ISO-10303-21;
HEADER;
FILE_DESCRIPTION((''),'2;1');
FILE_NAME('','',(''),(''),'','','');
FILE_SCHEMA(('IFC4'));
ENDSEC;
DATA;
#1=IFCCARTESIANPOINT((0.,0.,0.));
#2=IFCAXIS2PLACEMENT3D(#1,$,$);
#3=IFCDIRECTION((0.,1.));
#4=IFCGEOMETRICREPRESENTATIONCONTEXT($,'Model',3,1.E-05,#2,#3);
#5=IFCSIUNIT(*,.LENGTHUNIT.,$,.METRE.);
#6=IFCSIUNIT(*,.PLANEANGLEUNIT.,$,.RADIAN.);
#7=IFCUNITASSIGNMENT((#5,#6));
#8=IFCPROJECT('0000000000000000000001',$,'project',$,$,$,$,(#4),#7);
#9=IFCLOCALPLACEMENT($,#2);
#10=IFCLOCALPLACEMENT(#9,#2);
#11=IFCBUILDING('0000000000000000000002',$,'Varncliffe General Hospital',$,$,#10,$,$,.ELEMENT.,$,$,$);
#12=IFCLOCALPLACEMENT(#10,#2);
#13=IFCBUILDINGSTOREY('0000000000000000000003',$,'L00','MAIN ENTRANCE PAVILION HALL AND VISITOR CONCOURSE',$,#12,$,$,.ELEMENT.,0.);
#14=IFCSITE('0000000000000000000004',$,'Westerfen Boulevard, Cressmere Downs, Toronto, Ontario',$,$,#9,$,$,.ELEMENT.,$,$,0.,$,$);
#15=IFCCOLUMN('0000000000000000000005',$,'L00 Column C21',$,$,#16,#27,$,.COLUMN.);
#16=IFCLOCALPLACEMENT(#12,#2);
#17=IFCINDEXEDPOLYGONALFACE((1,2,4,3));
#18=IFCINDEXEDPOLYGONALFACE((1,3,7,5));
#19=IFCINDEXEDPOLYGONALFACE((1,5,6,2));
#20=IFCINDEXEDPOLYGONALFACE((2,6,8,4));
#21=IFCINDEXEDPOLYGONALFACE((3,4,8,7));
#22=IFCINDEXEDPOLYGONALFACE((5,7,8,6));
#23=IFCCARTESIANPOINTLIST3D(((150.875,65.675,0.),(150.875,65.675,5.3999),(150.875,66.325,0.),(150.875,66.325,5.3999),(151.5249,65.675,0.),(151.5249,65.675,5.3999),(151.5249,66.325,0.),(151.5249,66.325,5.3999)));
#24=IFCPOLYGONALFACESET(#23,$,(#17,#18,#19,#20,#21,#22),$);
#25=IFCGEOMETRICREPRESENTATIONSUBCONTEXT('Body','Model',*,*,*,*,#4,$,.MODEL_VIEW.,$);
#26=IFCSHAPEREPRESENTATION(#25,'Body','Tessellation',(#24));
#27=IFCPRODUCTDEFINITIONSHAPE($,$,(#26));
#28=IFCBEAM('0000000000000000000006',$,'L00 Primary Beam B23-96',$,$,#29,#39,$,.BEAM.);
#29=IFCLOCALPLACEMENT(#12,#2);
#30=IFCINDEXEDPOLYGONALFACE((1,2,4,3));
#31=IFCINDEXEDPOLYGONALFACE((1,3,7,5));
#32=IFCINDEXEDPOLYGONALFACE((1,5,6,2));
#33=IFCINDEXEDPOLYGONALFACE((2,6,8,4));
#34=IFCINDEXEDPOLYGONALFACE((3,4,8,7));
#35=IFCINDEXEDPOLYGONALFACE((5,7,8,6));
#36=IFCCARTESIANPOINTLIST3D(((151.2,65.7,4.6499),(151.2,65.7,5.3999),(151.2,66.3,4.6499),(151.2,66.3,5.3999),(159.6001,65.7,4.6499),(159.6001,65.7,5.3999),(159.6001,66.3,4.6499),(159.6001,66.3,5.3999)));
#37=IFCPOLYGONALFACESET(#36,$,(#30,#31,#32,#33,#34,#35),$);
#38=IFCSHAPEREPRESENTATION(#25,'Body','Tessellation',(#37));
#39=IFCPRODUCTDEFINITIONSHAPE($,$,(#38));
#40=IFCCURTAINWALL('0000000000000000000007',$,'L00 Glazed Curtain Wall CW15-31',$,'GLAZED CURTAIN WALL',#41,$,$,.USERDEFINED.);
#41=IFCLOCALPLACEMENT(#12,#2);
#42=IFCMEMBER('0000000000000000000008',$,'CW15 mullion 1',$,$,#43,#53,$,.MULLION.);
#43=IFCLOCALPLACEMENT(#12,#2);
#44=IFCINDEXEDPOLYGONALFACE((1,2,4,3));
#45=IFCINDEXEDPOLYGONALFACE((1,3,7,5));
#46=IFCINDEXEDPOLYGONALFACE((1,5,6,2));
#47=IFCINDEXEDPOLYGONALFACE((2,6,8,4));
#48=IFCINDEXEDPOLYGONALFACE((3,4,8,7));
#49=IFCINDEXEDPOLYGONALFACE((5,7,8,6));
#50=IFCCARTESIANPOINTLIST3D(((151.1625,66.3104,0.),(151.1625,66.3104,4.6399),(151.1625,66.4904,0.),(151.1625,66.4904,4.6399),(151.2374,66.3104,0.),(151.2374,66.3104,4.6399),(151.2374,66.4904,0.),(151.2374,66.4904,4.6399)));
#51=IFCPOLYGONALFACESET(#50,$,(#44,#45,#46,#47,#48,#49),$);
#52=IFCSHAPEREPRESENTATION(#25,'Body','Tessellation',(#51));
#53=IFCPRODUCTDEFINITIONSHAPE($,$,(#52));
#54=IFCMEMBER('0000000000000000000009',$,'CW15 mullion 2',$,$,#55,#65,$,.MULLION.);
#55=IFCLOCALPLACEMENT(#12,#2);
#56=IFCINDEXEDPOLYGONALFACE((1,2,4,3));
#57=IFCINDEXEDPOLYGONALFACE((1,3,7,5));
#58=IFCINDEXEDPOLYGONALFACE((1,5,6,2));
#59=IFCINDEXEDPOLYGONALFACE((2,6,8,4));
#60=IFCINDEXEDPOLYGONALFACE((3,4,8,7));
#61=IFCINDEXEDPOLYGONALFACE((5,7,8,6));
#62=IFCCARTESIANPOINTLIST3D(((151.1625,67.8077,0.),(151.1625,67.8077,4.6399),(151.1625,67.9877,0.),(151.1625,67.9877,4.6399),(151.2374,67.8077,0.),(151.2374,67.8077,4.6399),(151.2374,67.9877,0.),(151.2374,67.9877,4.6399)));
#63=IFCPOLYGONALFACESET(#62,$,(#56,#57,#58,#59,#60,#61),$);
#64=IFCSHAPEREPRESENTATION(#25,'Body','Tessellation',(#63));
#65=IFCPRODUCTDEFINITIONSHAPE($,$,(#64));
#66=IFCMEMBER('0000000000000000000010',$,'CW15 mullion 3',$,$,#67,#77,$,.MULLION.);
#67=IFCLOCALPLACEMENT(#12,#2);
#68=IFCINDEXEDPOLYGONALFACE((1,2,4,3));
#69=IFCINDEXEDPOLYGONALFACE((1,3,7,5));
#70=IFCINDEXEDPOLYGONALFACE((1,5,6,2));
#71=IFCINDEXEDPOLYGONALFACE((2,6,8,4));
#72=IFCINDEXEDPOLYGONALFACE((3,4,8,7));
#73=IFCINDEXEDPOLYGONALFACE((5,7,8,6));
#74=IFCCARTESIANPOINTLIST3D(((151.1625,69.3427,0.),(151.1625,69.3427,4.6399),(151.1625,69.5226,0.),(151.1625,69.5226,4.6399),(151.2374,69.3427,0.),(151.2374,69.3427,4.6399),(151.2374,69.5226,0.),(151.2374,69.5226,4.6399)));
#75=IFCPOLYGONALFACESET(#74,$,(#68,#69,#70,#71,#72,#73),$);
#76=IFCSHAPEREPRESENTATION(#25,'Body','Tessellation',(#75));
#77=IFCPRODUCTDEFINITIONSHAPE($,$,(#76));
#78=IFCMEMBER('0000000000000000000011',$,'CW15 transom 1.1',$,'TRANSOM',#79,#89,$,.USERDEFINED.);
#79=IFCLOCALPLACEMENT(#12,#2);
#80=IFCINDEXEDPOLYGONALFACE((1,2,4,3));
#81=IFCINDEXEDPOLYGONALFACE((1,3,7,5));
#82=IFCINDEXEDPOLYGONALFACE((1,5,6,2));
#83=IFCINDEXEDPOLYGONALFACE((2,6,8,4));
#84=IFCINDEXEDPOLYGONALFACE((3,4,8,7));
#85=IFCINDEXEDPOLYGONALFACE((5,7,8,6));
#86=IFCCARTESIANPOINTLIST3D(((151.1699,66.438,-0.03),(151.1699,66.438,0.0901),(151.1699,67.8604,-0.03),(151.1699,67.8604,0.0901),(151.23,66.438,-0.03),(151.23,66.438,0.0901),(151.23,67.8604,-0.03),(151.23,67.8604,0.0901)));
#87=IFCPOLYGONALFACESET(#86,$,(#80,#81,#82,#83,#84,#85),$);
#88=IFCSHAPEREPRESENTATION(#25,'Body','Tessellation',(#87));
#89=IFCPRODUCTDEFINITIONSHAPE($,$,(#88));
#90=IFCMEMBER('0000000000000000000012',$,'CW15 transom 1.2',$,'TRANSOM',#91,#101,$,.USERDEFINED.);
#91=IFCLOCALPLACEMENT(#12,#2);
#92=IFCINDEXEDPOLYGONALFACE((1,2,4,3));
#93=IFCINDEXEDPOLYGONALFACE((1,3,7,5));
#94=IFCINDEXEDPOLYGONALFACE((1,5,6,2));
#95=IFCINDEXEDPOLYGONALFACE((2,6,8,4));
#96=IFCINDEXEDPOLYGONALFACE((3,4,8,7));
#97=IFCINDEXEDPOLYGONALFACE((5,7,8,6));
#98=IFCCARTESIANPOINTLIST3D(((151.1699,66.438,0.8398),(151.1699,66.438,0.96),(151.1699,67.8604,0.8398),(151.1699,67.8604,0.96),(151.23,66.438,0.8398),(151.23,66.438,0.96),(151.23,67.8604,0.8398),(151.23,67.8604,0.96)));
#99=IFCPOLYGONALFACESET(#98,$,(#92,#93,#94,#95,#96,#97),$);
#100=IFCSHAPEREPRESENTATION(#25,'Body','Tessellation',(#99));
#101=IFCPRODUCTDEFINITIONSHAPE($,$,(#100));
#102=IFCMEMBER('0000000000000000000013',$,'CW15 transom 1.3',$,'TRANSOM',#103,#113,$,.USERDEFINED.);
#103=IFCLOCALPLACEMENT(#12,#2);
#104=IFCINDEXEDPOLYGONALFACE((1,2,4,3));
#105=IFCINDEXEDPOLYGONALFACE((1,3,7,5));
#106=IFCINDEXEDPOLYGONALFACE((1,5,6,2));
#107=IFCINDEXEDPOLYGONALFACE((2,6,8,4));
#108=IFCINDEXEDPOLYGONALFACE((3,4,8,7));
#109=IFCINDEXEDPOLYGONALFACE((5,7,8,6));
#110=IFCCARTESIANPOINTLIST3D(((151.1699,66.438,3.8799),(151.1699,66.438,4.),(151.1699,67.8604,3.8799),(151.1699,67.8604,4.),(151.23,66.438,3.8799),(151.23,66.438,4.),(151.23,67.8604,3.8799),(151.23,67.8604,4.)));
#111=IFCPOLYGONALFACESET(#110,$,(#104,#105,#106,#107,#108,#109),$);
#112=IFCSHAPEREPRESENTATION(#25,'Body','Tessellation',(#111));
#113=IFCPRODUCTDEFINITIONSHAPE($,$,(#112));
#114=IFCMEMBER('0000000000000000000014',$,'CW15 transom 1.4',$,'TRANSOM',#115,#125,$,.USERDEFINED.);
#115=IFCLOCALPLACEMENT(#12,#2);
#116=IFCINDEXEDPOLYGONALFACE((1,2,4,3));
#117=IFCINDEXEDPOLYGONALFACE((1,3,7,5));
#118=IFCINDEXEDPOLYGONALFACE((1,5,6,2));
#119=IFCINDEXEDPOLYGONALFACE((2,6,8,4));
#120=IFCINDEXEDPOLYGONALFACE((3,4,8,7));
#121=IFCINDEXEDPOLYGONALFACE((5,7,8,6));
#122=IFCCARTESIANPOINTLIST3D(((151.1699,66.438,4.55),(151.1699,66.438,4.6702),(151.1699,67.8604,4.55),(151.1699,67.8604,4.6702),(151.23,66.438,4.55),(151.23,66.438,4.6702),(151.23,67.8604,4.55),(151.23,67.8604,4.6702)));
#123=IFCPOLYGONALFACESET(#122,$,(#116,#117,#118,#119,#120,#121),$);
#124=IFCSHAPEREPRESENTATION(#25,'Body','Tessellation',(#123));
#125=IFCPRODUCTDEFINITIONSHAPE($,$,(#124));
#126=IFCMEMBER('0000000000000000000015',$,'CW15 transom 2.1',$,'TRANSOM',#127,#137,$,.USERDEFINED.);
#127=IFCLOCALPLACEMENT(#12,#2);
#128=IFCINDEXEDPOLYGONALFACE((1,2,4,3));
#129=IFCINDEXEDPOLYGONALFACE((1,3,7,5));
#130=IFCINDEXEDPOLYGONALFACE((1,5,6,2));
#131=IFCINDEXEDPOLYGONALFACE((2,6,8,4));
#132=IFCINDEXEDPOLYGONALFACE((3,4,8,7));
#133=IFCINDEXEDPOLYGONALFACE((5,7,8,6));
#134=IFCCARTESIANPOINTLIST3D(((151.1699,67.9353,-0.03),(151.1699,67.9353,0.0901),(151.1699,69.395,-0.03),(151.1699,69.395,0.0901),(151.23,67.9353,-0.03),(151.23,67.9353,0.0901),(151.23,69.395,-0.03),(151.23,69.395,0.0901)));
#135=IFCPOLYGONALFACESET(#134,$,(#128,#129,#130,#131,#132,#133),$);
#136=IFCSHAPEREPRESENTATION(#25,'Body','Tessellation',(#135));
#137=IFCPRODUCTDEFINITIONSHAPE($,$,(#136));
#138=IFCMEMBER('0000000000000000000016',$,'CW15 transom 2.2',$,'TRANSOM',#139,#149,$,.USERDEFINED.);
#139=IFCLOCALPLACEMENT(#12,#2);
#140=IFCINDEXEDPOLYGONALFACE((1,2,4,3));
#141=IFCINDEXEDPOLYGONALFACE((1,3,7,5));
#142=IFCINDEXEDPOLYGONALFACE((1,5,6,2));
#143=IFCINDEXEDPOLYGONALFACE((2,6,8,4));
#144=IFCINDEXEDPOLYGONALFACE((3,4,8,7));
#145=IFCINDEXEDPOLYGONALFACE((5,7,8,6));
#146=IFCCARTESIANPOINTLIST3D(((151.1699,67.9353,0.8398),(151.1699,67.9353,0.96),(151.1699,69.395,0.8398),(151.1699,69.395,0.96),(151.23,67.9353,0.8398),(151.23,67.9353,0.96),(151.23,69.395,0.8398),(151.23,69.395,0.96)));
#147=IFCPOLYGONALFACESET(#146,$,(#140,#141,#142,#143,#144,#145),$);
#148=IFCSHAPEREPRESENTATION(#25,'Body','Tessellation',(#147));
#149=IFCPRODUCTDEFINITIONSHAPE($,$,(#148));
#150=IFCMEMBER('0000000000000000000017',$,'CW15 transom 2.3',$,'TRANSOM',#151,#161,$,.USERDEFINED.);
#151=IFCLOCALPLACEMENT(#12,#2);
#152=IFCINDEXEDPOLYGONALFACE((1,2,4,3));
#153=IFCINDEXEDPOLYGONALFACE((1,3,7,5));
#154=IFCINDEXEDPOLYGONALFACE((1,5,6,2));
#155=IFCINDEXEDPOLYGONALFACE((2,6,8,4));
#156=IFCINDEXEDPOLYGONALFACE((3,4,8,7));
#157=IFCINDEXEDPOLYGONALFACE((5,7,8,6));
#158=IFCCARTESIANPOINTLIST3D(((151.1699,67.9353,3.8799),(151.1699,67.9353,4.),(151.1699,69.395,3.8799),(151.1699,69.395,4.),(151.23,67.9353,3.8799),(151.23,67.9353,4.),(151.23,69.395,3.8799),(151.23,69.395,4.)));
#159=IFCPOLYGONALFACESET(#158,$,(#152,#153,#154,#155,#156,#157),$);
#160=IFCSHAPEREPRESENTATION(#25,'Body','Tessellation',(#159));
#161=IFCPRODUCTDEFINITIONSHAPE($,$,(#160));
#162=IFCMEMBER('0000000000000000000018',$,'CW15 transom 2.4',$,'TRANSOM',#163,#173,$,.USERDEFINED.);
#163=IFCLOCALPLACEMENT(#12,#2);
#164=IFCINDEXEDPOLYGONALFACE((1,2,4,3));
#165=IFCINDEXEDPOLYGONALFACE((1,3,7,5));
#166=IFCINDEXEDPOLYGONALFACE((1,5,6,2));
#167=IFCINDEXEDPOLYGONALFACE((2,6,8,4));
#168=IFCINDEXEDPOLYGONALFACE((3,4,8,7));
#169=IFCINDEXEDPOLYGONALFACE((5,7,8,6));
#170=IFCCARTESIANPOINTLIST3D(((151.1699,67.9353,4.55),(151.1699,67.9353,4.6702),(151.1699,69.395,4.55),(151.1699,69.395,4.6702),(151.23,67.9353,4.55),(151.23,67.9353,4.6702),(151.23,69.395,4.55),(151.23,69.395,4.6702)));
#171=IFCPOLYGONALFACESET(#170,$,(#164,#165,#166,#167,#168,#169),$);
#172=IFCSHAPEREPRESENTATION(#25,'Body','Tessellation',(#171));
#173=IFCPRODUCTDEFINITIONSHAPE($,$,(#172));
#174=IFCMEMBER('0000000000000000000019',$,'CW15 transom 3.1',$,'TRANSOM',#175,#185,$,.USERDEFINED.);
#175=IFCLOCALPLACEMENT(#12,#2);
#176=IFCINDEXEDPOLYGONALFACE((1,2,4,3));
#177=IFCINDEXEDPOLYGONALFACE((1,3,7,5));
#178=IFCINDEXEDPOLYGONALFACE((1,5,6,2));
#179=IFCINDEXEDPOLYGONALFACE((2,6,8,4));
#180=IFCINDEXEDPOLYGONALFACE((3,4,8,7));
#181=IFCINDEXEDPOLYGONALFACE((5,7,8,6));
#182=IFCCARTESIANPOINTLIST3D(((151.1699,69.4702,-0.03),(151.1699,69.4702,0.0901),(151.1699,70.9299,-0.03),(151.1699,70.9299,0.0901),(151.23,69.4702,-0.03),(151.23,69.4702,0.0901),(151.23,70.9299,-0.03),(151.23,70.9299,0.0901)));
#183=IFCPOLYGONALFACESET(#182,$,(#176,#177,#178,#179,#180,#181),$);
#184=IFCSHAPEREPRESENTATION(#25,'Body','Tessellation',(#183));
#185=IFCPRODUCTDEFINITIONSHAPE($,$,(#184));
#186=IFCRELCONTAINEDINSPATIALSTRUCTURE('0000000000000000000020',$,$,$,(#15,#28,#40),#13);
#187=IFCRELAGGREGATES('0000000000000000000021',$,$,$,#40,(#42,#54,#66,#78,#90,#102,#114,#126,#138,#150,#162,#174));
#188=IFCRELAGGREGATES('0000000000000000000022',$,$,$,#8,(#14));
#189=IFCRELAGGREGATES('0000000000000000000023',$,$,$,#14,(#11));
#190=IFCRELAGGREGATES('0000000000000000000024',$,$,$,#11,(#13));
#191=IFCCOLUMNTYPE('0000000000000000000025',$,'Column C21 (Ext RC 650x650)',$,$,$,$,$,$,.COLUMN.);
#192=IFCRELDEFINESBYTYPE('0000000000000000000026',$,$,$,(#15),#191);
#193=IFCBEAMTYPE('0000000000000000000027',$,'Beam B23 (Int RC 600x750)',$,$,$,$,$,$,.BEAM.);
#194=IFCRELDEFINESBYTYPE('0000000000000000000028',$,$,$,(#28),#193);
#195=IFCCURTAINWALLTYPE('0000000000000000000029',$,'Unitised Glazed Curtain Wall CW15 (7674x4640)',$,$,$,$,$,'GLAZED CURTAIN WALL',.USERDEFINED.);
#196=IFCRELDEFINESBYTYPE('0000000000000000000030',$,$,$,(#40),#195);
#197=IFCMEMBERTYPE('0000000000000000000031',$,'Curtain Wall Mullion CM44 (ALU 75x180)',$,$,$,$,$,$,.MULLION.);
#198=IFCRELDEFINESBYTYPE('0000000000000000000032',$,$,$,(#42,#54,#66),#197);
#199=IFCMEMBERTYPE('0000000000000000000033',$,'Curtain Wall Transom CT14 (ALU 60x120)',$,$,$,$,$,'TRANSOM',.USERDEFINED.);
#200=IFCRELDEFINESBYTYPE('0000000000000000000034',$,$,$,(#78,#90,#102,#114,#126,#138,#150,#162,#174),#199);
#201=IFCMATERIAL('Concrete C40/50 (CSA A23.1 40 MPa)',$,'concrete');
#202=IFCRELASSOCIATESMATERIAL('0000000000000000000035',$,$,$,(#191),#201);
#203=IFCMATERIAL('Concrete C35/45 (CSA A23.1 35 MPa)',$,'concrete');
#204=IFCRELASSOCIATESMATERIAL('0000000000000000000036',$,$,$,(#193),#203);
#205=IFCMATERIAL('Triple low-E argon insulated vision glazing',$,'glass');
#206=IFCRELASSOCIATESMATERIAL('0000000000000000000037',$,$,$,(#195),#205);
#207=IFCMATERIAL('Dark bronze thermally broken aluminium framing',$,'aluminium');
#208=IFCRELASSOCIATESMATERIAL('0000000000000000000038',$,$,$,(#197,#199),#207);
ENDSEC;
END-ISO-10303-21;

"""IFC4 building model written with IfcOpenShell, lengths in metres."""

from ifc_helpers import new_model, si_unit, direction, frame, origin, origin_2d, place, context, subcontext, project, spatial, rectangle, extrude, material, material_profile, profile_set, type_object, element, aggregate, save


model = new_model("IFC4")

# Units and contexts
model_context = context("Model", 3, precision=1e-05, world=origin(), true_north=direction((0.0, 1.0)))
body_context = subcontext(model_context, "Body", "Model", "MODEL_VIEW")
ifc_project = project(units=[si_unit("LENGTHUNIT", "METRE"), si_unit("PLANEANGLEUNIT", "RADIAN")], contexts=[model_context])

# Site, building, storey
site_placement = place(None, origin())
site = spatial("IfcSite", under=ifc_project, at=site_placement, Name="Westerfen Boulevard, Cressmere Downs, Toronto, Ontario", CompositionType="ELEMENT", RefElevation=0.0)
building_placement = place(site_placement, origin())
building = spatial("IfcBuilding", under=site, at=building_placement, Name="Varncliffe General Hospital", CompositionType="ELEMENT")
storey_placement = place(building_placement, origin())
storey = spatial("IfcBuildingStorey", under=building, at=storey_placement, Name="L00", Description="MAIN ENTRANCE PAVILION HALL AND VISITOR CONCOURSE", CompositionType="ELEMENT", Elevation=0.0)

# Column
ifc_material_1 = material(Name="Concrete C40/50 (CSA A23.1 40 MPa)", Category="concrete")
ifc_material_profile_1 = material_profile(ifc_material_1, rectangle(XDim=0.6499, YDim=0.6499, at=origin_2d()), Name="RC 650x650")
ifc_profile_set_1 = profile_set([ifc_material_profile_1], Name="Concrete C40/50 (CSA A23.1 40 MPa)")
column_type = type_object("IfcColumnType", Name="Column C21 (Ext RC 650x650)", PredefinedType="COLUMN", material=ifc_profile_set_1)
column_placement = place(storey_placement, frame((151.2, 66.0, 0.0), z_axis=(0.0, 0.0, 1.0), x_axis=(1.0, 0.0, 0.0)))
element("IfcColumn", 1, at=column_placement, inside=storey, type_object=column_type, Name="L00 Column C21", PredefinedType="COLUMN", context=body_context, shape_type="SweptSolid", body=[
    extrude(rectangle(XDim=0.6499, YDim=0.6499, at=origin_2d()), origin(), (0.0, 0.0, 1.0), 5.3999),
])

# Beam
ifc_material_2 = material(Name="Concrete C35/45 (CSA A23.1 35 MPa)", Category="concrete")
ifc_material_profile_2 = material_profile(ifc_material_2, rectangle(XDim=0.6001, YDim=0.75, at=origin_2d()), Name="RC 600x750")
ifc_profile_set_2 = profile_set([ifc_material_profile_2], Name="Concrete C35/45 (CSA A23.1 35 MPa)")
beam_type_1 = type_object("IfcBeamType", Name="Beam B23 (Int RC 600x750)", PredefinedType="BEAM", material=ifc_profile_set_2)
beam_1_placement = place(storey_placement, frame((151.2, 66.0, 5.0249), z_axis=(1.0, 0.0, 0.0), x_axis=(0.0, 1.0, 0.0)))
element("IfcBeam", 2, at=beam_1_placement, inside=storey, type_object=beam_type_1, Name="L00 Primary Beam B23-96", PredefinedType="BEAM", context=body_context, shape_type="SweptSolid", body=[
    extrude(rectangle(XDim=0.6001, YDim=0.75, at=origin_2d()), origin(), (0.0, 0.0, 1.0), 8.4001),
])

# Curtain wall, members
ifc_material_3 = material(Name="Triple low-E argon insulated vision glazing", Category="glass")
curtain_wall_type = type_object("IfcCurtainWallType", Name="Unitised Glazed Curtain Wall CW15 (7674x4640)", ElementType="GLAZED CURTAIN WALL", PredefinedType="USERDEFINED", material=ifc_material_3)
curtain_wall_placement = place(storey_placement, origin())
curtain_wall = element("IfcCurtainWall", 3, at=curtain_wall_placement, inside=storey, type_object=curtain_wall_type, Name="L00 Glazed Curtain Wall CW15-31", ObjectType="GLAZED CURTAIN WALL", PredefinedType="USERDEFINED")
ifc_material_4 = material(Name="Dark bronze thermally broken aluminium framing", Category="aluminium")
ifc_material_profile_3 = material_profile(ifc_material_4, rectangle(XDim=0.075, YDim=0.1799, at=origin_2d()), Name="ALU 75x180")
ifc_profile_set_3 = profile_set([ifc_material_profile_3], Name="Dark bronze thermally broken aluminium framing")
member_type_1 = type_object("IfcMemberType", Name="Curtain Wall Mullion CM44 (ALU 75x180)", PredefinedType="MULLION", material=ifc_profile_set_3)
member_1_placement = place(storey_placement, frame((151.2, 66.4004, 0.0), z_axis=(0.0, 0.0, 1.0), x_axis=(-1.0, 0.0, 0.0)))
member_1 = element("IfcMember", 4, at=member_1_placement, type_object=member_type_1, Name="CW15 mullion 1", PredefinedType="MULLION", context=body_context, shape_type="SweptSolid", body=[
    extrude(rectangle(XDim=0.075, YDim=0.1799, at=origin_2d()), origin(), (0.0, 0.0, 1.0), 4.6399),
])
member_2_placement = place(storey_placement, frame((151.2, 67.8977, 0.0), z_axis=(0.0, 0.0, 1.0), x_axis=(-1.0, 0.0, 0.0)))
member_2 = element("IfcMember", 5, at=member_2_placement, type_object=member_type_1, Name="CW15 mullion 2", PredefinedType="MULLION", context=body_context, shape_type="SweptSolid", body=[
    extrude(rectangle(XDim=0.075, YDim=0.1799, at=origin_2d()), origin(), (0.0, 0.0, 1.0), 4.6399),
])
member_3_placement = place(storey_placement, frame((151.2, 69.4326, 0.0), z_axis=(0.0, 0.0, 1.0), x_axis=(-1.0, 0.0, 0.0)))
member_3 = element("IfcMember", 6, at=member_3_placement, type_object=member_type_1, Name="CW15 mullion 3", PredefinedType="MULLION", context=body_context, shape_type="SweptSolid", body=[
    extrude(rectangle(XDim=0.075, YDim=0.1799, at=origin_2d()), origin(), (0.0, 0.0, 1.0), 4.6399),
])
ifc_material_profile_4 = material_profile(ifc_material_4, rectangle(XDim=0.0601, YDim=0.1201, at=origin_2d()), Name="ALU 60x120")
ifc_profile_set_4 = profile_set([ifc_material_profile_4], Name="Dark bronze thermally broken aluminium framing")
member_type_2 = type_object("IfcMemberType", Name="Curtain Wall Transom CT14 (ALU 60x120)", ElementType="TRANSOM", PredefinedType="USERDEFINED", material=ifc_profile_set_4)
member_4_placement = place(storey_placement, frame((151.2, 66.438, 0.03), z_axis=(0.0, 1.0, 0.0), x_axis=(-1.0, 0.0, 0.0)))
member_4 = element("IfcMember", 7, at=member_4_placement, type_object=member_type_2, Name="CW15 transom 1.1", ObjectType="TRANSOM", PredefinedType="USERDEFINED", context=body_context, shape_type="SweptSolid", body=[
    extrude(rectangle(XDim=0.0601, YDim=0.1201, at=origin_2d()), origin(), (0.0, 0.0, 1.0), 1.4224),
])
member_5_placement = place(storey_placement, frame((151.2, 66.438, 0.8999), z_axis=(0.0, 1.0, 0.0), x_axis=(-1.0, 0.0, 0.0)))
member_5 = element("IfcMember", 8, at=member_5_placement, type_object=member_type_2, Name="CW15 transom 1.2", ObjectType="TRANSOM", PredefinedType="USERDEFINED", context=body_context, shape_type="SweptSolid", body=[
    extrude(rectangle(XDim=0.0601, YDim=0.1201, at=origin_2d()), origin(), (0.0, 0.0, 1.0), 1.4224),
])
member_6_placement = place(storey_placement, frame((151.2, 66.438, 3.9399), z_axis=(0.0, 1.0, 0.0), x_axis=(-1.0, 0.0, 0.0)))
member_6 = element("IfcMember", 9, at=member_6_placement, type_object=member_type_2, Name="CW15 transom 1.3", ObjectType="TRANSOM", PredefinedType="USERDEFINED", context=body_context, shape_type="SweptSolid", body=[
    extrude(rectangle(XDim=0.0601, YDim=0.1201, at=origin_2d()), origin(), (0.0, 0.0, 1.0), 1.4224),
])
member_7_placement = place(storey_placement, frame((151.2, 66.438, 4.6101), z_axis=(0.0, 1.0, 0.0), x_axis=(-1.0, 0.0, 0.0)))
member_7 = element("IfcMember", 10, at=member_7_placement, type_object=member_type_2, Name="CW15 transom 1.4", ObjectType="TRANSOM", PredefinedType="USERDEFINED", context=body_context, shape_type="SweptSolid", body=[
    extrude(rectangle(XDim=0.0601, YDim=0.1201, at=origin_2d()), origin(), (0.0, 0.0, 1.0), 1.4224),
])
member_8_placement = place(storey_placement, frame((151.2, 67.9353, 0.03), z_axis=(0.0, 1.0, 0.0), x_axis=(-1.0, 0.0, 0.0)))
member_8 = element("IfcMember", 11, at=member_8_placement, type_object=member_type_2, Name="CW15 transom 2.1", ObjectType="TRANSOM", PredefinedType="USERDEFINED", context=body_context, shape_type="SweptSolid", body=[
    extrude(rectangle(XDim=0.0601, YDim=0.1201, at=origin_2d()), origin(), (0.0, 0.0, 1.0), 1.4597),
])
member_9_placement = place(storey_placement, frame((151.2, 67.9353, 0.8999), z_axis=(0.0, 1.0, 0.0), x_axis=(-1.0, 0.0, 0.0)))
member_9 = element("IfcMember", 12, at=member_9_placement, type_object=member_type_2, Name="CW15 transom 2.2", ObjectType="TRANSOM", PredefinedType="USERDEFINED", context=body_context, shape_type="SweptSolid", body=[
    extrude(rectangle(XDim=0.0601, YDim=0.1201, at=origin_2d()), origin(), (0.0, 0.0, 1.0), 1.4597),
])
member_10_placement = place(storey_placement, frame((151.2, 67.9353, 3.9399), z_axis=(0.0, 1.0, 0.0), x_axis=(-1.0, 0.0, 0.0)))
member_10 = element("IfcMember", 13, at=member_10_placement, type_object=member_type_2, Name="CW15 transom 2.3", ObjectType="TRANSOM", PredefinedType="USERDEFINED", context=body_context, shape_type="SweptSolid", body=[
    extrude(rectangle(XDim=0.0601, YDim=0.1201, at=origin_2d()), origin(), (0.0, 0.0, 1.0), 1.4597),
])
member_11_placement = place(storey_placement, frame((151.2, 67.9353, 4.6101), z_axis=(0.0, 1.0, 0.0), x_axis=(-1.0, 0.0, 0.0)))
member_11 = element("IfcMember", 14, at=member_11_placement, type_object=member_type_2, Name="CW15 transom 2.4", ObjectType="TRANSOM", PredefinedType="USERDEFINED", context=body_context, shape_type="SweptSolid", body=[
    extrude(rectangle(XDim=0.0601, YDim=0.1201, at=origin_2d()), origin(), (0.0, 0.0, 1.0), 1.4597),
])
member_12_placement = place(storey_placement, frame((151.2, 69.4702, 0.03), z_axis=(0.0, 1.0, 0.0), x_axis=(-1.0, 0.0, 0.0)))
member_12 = element("IfcMember", 15, at=member_12_placement, type_object=member_type_2, Name="CW15 transom 3.1", ObjectType="TRANSOM", PredefinedType="USERDEFINED", context=body_context, shape_type="SweptSolid", body=[
    extrude(rectangle(XDim=0.0601, YDim=0.1201, at=origin_2d()), origin(), (0.0, 0.0, 1.0), 1.4597),
])

aggregate(curtain_wall, [member_1, member_2, member_3, member_4, member_5, member_6, member_7, member_8, member_9, member_10, member_11, member_12])

save(model, "model.ifc")
